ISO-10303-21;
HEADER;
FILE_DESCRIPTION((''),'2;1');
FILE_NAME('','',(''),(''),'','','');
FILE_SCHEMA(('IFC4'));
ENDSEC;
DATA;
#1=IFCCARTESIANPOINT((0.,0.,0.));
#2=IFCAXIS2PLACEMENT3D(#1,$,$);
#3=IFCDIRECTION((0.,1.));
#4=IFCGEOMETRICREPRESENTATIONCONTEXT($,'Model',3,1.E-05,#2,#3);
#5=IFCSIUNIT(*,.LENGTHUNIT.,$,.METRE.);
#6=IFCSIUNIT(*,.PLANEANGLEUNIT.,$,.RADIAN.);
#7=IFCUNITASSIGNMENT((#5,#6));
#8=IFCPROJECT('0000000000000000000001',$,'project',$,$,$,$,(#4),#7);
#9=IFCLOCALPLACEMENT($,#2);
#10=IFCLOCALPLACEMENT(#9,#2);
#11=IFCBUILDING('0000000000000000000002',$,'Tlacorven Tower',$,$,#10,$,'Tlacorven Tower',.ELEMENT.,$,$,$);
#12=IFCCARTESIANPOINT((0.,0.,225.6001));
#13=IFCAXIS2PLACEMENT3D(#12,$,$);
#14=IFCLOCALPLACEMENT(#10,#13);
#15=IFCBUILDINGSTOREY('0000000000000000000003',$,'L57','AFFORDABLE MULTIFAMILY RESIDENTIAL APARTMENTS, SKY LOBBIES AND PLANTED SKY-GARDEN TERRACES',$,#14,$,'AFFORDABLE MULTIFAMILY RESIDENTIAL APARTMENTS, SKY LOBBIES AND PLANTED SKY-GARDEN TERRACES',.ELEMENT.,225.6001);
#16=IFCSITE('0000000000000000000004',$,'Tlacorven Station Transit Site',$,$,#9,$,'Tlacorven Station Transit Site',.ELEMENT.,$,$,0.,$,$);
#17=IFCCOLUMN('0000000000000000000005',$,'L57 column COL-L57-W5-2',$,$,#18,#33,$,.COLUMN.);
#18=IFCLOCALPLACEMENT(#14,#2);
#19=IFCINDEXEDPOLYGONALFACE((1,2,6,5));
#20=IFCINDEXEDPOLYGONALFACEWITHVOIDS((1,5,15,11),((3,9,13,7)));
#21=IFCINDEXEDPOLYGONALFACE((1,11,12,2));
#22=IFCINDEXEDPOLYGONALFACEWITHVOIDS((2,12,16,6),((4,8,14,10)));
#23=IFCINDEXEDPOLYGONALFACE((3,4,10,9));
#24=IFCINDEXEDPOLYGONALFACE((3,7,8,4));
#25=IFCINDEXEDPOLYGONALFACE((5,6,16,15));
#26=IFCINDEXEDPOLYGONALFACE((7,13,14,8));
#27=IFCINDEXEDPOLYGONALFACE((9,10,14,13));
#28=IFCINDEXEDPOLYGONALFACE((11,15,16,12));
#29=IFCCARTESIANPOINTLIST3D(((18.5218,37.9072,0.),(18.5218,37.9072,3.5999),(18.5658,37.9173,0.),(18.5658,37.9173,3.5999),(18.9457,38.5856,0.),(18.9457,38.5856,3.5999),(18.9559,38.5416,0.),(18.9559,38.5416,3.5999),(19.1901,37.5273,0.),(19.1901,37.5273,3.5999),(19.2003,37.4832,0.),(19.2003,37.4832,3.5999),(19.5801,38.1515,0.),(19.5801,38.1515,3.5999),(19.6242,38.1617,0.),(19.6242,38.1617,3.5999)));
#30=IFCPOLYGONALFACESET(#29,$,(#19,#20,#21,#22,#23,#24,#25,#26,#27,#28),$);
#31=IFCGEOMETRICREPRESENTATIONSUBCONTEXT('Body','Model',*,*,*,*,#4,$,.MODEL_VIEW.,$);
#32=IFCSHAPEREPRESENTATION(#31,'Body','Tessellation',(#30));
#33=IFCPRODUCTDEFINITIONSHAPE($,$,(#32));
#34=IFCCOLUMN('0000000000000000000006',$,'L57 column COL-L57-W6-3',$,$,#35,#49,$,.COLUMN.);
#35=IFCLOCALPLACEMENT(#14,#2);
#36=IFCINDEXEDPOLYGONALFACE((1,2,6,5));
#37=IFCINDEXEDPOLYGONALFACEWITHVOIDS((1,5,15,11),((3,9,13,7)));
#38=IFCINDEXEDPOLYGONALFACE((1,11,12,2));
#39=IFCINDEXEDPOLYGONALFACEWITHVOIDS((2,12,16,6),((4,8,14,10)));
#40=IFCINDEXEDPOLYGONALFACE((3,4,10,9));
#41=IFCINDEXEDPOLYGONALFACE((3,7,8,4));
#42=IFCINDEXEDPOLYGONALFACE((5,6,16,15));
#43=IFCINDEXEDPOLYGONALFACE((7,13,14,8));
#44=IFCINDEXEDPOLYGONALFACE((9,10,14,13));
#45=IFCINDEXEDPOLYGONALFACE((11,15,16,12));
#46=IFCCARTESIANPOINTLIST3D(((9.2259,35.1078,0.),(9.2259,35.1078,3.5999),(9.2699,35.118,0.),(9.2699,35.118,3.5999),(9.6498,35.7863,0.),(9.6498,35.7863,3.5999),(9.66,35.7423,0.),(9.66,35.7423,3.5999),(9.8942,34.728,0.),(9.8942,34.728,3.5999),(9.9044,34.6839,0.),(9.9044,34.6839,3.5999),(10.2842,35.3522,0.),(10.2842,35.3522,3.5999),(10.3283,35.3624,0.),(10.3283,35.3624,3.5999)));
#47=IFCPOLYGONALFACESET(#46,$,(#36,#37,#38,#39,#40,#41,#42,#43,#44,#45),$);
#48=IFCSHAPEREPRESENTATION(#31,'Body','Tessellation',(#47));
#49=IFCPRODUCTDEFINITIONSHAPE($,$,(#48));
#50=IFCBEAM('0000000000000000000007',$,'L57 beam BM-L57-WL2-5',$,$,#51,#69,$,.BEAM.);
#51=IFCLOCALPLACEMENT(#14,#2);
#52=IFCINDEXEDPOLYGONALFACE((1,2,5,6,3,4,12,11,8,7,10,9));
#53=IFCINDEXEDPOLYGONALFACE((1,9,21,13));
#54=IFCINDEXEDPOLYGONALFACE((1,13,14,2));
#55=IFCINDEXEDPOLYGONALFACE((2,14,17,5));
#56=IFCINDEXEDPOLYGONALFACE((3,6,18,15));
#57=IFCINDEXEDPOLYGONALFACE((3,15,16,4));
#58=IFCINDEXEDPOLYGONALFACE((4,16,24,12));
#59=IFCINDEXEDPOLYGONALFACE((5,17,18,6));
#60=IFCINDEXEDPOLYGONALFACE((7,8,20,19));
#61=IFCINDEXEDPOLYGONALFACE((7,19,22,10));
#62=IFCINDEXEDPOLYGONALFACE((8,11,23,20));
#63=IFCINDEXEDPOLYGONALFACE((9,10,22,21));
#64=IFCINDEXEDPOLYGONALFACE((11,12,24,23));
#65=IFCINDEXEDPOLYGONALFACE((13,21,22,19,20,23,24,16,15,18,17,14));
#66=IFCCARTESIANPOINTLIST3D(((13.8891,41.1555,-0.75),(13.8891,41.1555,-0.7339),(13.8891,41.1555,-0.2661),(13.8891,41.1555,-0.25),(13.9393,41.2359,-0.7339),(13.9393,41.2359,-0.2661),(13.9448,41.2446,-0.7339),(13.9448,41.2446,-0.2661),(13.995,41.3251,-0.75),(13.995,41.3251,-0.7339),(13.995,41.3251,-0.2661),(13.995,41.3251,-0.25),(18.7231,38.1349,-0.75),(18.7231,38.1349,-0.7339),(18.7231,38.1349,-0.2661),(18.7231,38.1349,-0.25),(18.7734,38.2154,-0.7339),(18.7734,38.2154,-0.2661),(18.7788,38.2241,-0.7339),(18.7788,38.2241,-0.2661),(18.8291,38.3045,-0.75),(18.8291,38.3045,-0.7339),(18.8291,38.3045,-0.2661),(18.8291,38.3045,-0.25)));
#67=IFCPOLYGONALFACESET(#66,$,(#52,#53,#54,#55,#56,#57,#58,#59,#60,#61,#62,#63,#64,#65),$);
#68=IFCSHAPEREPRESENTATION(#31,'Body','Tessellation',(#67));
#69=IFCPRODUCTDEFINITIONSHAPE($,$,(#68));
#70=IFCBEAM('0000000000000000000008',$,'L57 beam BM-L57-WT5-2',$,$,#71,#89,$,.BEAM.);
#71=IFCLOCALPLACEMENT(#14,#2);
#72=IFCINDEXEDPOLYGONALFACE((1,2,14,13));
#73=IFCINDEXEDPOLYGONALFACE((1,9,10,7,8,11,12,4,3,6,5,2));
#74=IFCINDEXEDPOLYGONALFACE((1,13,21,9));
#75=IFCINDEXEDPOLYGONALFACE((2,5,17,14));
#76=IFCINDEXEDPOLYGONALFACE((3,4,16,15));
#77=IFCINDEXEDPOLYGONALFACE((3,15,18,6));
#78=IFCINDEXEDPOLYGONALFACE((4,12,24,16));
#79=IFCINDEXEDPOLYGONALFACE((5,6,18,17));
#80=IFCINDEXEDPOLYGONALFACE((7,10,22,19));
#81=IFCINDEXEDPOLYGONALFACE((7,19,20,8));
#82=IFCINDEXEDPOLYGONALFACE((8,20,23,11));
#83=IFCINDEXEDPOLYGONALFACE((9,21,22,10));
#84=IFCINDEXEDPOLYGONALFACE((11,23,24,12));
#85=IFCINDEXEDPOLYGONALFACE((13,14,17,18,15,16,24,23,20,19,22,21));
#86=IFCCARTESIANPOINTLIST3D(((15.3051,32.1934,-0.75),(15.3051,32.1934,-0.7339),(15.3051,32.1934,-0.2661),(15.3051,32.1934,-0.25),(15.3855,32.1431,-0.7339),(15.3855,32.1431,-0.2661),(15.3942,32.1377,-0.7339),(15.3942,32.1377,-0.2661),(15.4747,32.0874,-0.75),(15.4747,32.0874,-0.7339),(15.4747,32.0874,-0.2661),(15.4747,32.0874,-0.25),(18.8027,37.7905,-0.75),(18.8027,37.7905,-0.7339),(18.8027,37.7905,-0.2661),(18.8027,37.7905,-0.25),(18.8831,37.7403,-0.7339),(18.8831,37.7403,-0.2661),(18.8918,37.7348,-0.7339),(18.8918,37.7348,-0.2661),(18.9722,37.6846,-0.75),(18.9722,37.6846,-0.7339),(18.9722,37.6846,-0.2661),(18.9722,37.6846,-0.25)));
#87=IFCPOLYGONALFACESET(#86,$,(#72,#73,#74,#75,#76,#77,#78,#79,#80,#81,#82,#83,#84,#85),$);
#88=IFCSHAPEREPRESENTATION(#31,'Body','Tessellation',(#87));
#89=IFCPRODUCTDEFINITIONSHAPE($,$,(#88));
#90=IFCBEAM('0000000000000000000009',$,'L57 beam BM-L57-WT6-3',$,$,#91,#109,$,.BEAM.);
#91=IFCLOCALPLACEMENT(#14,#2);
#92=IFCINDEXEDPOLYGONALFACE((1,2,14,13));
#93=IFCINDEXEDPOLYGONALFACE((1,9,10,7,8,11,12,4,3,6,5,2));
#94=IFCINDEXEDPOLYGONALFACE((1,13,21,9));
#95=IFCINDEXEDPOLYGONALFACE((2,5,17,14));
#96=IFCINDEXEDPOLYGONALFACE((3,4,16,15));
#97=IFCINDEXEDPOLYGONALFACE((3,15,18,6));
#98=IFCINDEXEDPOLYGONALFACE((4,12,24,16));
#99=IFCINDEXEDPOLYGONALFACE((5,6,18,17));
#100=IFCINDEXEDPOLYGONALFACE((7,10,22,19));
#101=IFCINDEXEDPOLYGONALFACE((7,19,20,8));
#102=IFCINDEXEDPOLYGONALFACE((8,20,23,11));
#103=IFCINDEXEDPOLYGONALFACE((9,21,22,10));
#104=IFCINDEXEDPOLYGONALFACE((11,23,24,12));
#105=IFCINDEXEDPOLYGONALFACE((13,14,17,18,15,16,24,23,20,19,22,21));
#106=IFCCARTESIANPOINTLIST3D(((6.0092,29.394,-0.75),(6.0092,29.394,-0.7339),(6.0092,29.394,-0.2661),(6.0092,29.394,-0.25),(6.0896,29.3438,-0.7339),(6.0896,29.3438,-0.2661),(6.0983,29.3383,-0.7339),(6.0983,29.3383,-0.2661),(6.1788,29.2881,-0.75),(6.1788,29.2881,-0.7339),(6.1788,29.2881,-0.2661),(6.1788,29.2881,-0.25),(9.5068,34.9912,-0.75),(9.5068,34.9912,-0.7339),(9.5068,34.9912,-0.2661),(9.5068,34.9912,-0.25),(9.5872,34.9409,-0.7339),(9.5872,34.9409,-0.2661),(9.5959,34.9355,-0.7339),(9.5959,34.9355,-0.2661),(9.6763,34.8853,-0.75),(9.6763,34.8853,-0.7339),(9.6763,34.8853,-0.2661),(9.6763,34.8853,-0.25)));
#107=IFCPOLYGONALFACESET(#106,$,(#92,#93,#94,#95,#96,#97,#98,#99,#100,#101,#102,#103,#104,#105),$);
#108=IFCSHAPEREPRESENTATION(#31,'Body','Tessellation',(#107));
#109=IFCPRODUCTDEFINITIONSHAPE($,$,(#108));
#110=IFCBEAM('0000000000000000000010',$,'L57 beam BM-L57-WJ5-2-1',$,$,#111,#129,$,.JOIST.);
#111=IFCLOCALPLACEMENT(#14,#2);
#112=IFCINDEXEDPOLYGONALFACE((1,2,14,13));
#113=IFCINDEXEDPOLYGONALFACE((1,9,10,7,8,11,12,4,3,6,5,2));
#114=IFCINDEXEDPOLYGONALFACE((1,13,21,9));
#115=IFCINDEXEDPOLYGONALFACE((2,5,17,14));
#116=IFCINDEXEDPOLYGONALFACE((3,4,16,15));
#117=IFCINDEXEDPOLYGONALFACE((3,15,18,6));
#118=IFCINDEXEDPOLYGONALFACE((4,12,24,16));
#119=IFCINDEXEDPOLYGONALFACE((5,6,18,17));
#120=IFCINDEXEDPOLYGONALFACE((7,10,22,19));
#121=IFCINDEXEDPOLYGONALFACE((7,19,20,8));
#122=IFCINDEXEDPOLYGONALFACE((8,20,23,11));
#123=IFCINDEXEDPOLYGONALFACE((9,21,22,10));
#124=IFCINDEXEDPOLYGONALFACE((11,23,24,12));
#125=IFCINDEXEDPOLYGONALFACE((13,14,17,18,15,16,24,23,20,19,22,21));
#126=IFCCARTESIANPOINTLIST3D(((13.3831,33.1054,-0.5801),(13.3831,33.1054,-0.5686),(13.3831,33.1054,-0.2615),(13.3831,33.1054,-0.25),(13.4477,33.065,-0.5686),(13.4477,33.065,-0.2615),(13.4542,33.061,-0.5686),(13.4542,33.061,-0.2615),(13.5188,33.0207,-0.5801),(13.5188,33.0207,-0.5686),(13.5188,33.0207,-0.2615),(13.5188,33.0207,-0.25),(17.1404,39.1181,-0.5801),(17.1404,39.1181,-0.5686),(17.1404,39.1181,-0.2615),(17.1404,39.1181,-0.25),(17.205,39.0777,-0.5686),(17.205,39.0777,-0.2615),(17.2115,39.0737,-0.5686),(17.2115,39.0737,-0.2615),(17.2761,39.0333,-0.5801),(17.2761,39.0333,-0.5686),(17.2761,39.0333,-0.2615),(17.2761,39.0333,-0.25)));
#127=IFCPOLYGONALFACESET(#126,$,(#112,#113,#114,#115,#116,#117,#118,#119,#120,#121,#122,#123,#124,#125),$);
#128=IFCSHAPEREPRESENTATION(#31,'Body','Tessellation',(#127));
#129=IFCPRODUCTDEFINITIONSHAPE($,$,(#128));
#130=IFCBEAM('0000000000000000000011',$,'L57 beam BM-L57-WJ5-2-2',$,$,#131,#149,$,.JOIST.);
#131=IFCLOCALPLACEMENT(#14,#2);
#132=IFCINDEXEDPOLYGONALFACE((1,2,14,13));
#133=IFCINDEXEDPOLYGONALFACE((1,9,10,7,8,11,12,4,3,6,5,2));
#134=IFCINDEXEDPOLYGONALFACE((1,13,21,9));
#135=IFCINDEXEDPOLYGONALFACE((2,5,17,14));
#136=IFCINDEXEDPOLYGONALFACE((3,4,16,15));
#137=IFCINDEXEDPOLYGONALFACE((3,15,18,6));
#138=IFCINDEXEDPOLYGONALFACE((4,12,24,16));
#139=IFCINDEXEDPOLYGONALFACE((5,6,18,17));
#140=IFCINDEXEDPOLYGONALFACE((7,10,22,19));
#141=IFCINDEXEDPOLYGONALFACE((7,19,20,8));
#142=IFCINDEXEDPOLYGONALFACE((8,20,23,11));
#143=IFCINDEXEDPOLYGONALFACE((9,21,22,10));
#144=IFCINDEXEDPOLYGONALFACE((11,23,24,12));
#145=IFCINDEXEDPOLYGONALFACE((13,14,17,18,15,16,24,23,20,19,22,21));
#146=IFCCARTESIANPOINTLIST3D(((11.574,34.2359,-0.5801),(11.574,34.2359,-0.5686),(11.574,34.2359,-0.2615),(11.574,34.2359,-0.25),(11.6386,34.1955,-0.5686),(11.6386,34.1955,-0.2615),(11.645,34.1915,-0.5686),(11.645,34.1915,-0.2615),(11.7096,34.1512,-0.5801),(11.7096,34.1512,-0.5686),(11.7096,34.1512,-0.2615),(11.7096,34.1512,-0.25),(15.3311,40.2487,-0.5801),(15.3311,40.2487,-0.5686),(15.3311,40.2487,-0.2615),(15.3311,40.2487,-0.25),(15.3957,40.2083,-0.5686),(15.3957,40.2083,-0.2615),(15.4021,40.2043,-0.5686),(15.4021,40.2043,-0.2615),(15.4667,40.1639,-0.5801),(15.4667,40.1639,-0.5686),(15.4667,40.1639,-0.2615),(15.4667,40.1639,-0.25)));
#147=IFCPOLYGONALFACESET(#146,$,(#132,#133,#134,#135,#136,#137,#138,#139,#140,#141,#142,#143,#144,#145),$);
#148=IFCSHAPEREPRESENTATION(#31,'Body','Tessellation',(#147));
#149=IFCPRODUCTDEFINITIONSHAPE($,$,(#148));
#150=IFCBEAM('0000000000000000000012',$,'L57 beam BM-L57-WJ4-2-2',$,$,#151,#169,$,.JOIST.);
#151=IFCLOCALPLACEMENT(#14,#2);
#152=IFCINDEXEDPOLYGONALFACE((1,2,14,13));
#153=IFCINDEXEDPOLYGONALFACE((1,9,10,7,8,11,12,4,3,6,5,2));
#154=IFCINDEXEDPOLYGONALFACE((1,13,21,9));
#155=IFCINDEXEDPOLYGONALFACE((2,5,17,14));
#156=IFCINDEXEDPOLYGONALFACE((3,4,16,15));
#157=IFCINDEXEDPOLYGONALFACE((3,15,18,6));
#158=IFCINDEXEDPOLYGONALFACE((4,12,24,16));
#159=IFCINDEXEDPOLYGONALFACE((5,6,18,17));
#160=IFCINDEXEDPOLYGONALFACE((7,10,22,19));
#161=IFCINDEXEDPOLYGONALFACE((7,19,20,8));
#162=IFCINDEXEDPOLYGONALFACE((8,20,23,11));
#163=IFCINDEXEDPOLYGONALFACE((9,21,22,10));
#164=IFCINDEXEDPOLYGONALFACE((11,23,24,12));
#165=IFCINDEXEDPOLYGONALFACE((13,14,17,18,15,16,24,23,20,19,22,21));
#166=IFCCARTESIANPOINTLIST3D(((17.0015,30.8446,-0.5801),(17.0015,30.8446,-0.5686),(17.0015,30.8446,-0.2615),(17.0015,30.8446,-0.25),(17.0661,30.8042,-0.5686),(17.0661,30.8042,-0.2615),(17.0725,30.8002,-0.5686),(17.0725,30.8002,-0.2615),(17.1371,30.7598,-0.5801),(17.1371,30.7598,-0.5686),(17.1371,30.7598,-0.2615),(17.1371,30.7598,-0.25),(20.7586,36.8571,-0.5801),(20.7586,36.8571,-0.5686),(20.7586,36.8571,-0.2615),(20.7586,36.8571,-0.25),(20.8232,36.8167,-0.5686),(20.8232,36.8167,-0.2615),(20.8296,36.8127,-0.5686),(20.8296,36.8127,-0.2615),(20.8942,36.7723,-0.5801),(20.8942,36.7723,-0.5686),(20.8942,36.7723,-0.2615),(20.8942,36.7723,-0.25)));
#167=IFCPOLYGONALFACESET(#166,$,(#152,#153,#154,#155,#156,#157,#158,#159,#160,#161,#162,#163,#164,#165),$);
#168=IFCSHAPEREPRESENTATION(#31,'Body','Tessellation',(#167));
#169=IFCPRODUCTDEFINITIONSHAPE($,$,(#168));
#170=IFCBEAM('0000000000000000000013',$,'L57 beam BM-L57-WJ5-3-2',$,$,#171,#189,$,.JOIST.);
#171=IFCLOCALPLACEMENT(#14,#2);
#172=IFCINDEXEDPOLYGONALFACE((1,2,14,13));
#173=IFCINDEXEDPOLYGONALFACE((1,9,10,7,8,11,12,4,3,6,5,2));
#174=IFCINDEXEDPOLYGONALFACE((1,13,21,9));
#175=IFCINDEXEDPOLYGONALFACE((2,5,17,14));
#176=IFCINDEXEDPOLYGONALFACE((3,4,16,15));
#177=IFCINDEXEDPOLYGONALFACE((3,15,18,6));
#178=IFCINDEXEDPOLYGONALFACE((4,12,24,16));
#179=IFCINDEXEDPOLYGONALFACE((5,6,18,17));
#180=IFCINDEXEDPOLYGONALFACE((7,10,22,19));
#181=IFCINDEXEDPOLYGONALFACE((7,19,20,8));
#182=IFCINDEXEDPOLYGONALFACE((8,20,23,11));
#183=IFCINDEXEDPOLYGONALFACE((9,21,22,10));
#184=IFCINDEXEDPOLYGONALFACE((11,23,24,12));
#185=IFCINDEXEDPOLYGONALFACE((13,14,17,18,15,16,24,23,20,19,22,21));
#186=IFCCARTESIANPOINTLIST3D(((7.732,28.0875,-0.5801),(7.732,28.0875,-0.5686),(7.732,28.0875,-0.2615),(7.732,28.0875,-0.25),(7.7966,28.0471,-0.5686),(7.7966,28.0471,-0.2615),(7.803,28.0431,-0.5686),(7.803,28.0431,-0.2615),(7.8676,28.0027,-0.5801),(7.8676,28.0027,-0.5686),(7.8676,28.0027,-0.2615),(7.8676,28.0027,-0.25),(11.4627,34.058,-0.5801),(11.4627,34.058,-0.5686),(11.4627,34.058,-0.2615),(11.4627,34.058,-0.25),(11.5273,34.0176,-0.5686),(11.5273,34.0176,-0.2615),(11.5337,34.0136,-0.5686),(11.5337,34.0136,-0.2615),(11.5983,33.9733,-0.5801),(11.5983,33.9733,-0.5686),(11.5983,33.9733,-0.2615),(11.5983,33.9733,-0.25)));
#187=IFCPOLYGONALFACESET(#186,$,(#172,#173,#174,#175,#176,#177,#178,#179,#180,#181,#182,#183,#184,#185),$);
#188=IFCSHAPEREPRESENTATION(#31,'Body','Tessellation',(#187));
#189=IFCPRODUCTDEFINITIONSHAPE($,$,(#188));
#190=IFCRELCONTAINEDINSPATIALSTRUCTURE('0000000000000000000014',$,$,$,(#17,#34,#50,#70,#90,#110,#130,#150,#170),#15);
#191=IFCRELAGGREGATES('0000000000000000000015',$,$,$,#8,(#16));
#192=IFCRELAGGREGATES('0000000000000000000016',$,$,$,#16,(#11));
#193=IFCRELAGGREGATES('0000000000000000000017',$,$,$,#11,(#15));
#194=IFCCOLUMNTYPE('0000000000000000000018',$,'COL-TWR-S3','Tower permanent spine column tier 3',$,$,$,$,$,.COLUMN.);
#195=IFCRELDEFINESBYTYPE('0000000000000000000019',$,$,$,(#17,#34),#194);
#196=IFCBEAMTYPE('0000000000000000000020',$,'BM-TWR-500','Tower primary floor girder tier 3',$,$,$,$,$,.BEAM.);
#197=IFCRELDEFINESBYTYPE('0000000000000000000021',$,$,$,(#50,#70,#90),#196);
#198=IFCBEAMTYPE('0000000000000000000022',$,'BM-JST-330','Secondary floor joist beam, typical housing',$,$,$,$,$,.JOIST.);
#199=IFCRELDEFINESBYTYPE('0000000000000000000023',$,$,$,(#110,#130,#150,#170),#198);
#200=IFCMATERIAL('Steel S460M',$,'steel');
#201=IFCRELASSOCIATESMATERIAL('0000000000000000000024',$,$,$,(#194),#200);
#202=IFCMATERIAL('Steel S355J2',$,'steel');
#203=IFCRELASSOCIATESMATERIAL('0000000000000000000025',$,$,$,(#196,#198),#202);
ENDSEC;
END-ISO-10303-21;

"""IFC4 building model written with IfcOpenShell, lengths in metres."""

from ifc_helpers import new_model, si_unit, direction, frame, origin, origin_2d, place, context, subcontext, project, spatial, hollow_rectangle, i_section, extrude, source, transform, mapped, material, material_profile, profile_set, type_object, element, save


model = new_model("IFC4")

# Units and contexts
model_context = context("Model", 3, precision=1e-05, world=origin(), true_north=direction((0.0, 1.0)))
body_context = subcontext(model_context, "Body", "Model", "MODEL_VIEW")
ifc_project = project(units=[si_unit("LENGTHUNIT", "METRE"), si_unit("PLANEANGLEUNIT", "RADIAN")], contexts=[model_context])

# Site, building, storey
site_placement = place(None, origin())
site = spatial("IfcSite", under=ifc_project, at=site_placement, Name="Tlacorven Station Transit Site", LongName="Tlacorven Station Transit Site", CompositionType="ELEMENT", RefElevation=0.0)
building_placement = place(site_placement, origin())
building = spatial("IfcBuilding", under=site, at=building_placement, Name="Tlacorven Tower", LongName="Tlacorven Tower", CompositionType="ELEMENT")
storey_placement = place(building_placement, frame((0.0, 0.0, 225.6001)))
storey = spatial("IfcBuildingStorey", under=building, at=storey_placement, Name="L57", Description="AFFORDABLE MULTIFAMILY RESIDENTIAL APARTMENTS, SKY LOBBIES AND PLANTED SKY-GARDEN TERRACES", LongName="AFFORDABLE MULTIFAMILY RESIDENTIAL APARTMENTS, SKY LOBBIES AND PLANTED SKY-GARDEN TERRACES", CompositionType="ELEMENT", Elevation=225.6001)

# Columns
ifc_material_1 = material(Name="Steel S460M", Category="steel")
ifc_material_profile_1 = material_profile(ifc_material_1, hollow_rectangle(XDim=0.8, YDim=0.8, WallThickness=0.032, at=origin_2d()), Name="BOX 800X800X32")
ifc_profile_set_1 = profile_set([ifc_material_profile_1], Name="Steel S460M")
column_type = type_object("IfcColumnType", Name="COL-TWR-S3", Description="Tower permanent spine column tier 3", PredefinedType="COLUMN", material=ifc_profile_set_1)
shared_shape_1 = source(origin(), body_context, "Body", "SweptSolid", [
    extrude(hollow_rectangle(XDim=0.8, YDim=0.8, WallThickness=0.032, at=origin_2d()), origin(), (0.0, 0.0, 1.0), 3.5999),
])
for number, where, z_axis, x_axis, name in (
    (1, (19.073, 38.0344, 0.0), (0.0, 0.0, 1.0), (-0.848048, 0.529919, 0.0), "L57 column COL-L57-W5-2"),
    (2, (9.7771, 35.2351, 0.0), (0.0, 0.0, 1.0), (-0.848048, 0.529919, 0.0), "L57 column COL-L57-W6-3"),
):
    element("IfcColumn", number, at=place(storey_placement, frame(where, z_axis=z_axis, x_axis=x_axis)), inside=storey, type_object=column_type, Name=name, PredefinedType="COLUMN", context=body_context, shape_type="MappedRepresentation", body=[
        mapped(shared_shape_1, transform((0.0, 0.0, 0.0), scale=1.0)),
    ])

# Beams
ifc_material_2 = material(Name="Steel S355J2", Category="steel")
ifc_material_profile_2 = material_profile(ifc_material_2, i_section(OverallWidth=0.2, OverallDepth=0.5, WebThickness=0.0103, FlangeThickness=0.0161, at=origin_2d()), Name="IPE 500")
ifc_profile_set_2 = profile_set([ifc_material_profile_2], Name="Steel S355J2")
beam_type_1 = type_object("IfcBeamType", Name="BM-TWR-500", Description="Tower primary floor girder tier 3", PredefinedType="BEAM", material=ifc_profile_set_2)
shared_shape_2 = source(origin(), body_context, "Body", "SweptSolid", [
    extrude(i_section(OverallWidth=0.2, OverallDepth=0.5, WebThickness=0.0103, FlangeThickness=0.0161, at=origin_2d()), origin(), (0.0, 0.0, 1.0), 5.7002),
])
beam_1_placement = place(storey_placement, frame((18.7761, 38.2197, -0.5), z_axis=(-0.848056, 0.529907, 0.0), x_axis=(-0.529907, -0.848056, 0.0)))
element("IfcBeam", 3, at=beam_1_placement, inside=storey, type_object=beam_type_1, Name="L57 beam BM-L57-WL2-5", PredefinedType="BEAM", context=body_context, shape_type="MappedRepresentation", body=[
    mapped(shared_shape_2, transform((0.0, 0.0, 0.0), scale=1.0)),
])
shared_shape_3 = source(origin(), body_context, "Body", "SweptSolid", [
    extrude(i_section(OverallWidth=0.2, OverallDepth=0.5, WebThickness=0.0103, FlangeThickness=0.0161, at=origin_2d()), origin(), (0.0, 0.0, 1.0), 6.6001),
])
for number, where, z_axis, x_axis, name in (
    (4, (18.8875, 37.7375, -0.5), (-0.529926, -0.848044, 0.0), (0.848044, -0.529926, 0.0), "L57 beam BM-L57-WT5-2"),
    (5, (9.5916, 34.9382, -0.5), (-0.529926, -0.848044, 0.0), (0.848044, -0.529926, 0.0), "L57 beam BM-L57-WT6-3"),
):
    element("IfcBeam", number, at=place(storey_placement, frame(where, z_axis=z_axis, x_axis=x_axis)), inside=storey, type_object=beam_type_1, Name=name, PredefinedType="BEAM", context=body_context, shape_type="MappedRepresentation", body=[
        mapped(shared_shape_3, transform((0.0, 0.0, 0.0), scale=1.0)),
    ])
ifc_material_profile_3 = material_profile(ifc_material_2, i_section(OverallWidth=0.1599, OverallDepth=0.3301, WebThickness=0.0076, FlangeThickness=0.0115, at=origin_2d()), Name="IPE 330")
ifc_profile_set_3 = profile_set([ifc_material_profile_3], Name="Steel S355J2")
beam_type_2 = type_object("IfcBeamType", Name="BM-JST-330", Description="Secondary floor joist beam, typical housing", PredefinedType="JOIST", material=ifc_profile_set_3)
shared_shape_4 = source(origin(), body_context, "Body", "SweptSolid", [
    extrude(i_section(OverallWidth=0.1599, OverallDepth=0.3301, WebThickness=0.0076, FlangeThickness=0.0115, at=origin_2d()), origin(), (0.0, 0.0, 1.0), 7.0901),
])
for number, where, z_axis, x_axis, name in (
    (6, (17.2083, 39.0757, -0.415), (-0.529937, -0.848037, 0.0), (0.848037, -0.529937, 0.0), "L57 beam BM-L57-WJ5-2-1"),
    (7, (15.3989, 40.2063, -0.415), (-0.529912, -0.848052, 0.0), (0.848052, -0.529912, 0.0), "L57 beam BM-L57-WJ5-2-2"),
):
    element("IfcBeam", number, at=place(storey_placement, frame(where, z_axis=z_axis, x_axis=x_axis)), inside=storey, type_object=beam_type_2, Name=name, PredefinedType="JOIST", context=body_context, shape_type="MappedRepresentation", body=[
        mapped(shared_shape_4, transform((0.0, 0.0, 0.0), scale=1.0)),
    ])
shared_shape_5 = source(origin(), body_context, "Body", "SweptSolid", [
    extrude(i_section(OverallWidth=0.1599, OverallDepth=0.3301, WebThickness=0.0076, FlangeThickness=0.0115, at=origin_2d()), origin(), (0.0, 0.0, 1.0), 7.0898),
])
beam_2_placement = place(storey_placement, frame((20.8264, 36.8147, -0.415), z_axis=(-0.529928, -0.848043, 0.0), x_axis=(0.848043, -0.529928, 0.0)))
element("IfcBeam", 8, at=beam_2_placement, inside=storey, type_object=beam_type_2, Name="L57 beam BM-L57-WJ4-2-2", PredefinedType="JOIST", context=body_context, shape_type="MappedRepresentation", body=[
    mapped(shared_shape_5, transform((0.0, 0.0, 0.0), scale=1.0)),
])
shared_shape_6 = source(origin(), body_context, "Body", "SweptSolid", [
    extrude(i_section(OverallWidth=0.1599, OverallDepth=0.3301, WebThickness=0.0076, FlangeThickness=0.0115, at=origin_2d()), origin(), (0.0, 0.0, 1.0), 7.0403),
])
beam_3_placement = place(storey_placement, frame((11.5305, 34.0156, -0.415), z_axis=(-0.529915, -0.848051, 0.0), x_axis=(0.848051, -0.529915, 0.0)))
element("IfcBeam", 9, at=beam_3_placement, inside=storey, type_object=beam_type_2, Name="L57 beam BM-L57-WJ5-3-2", PredefinedType="JOIST", context=body_context, shape_type="MappedRepresentation", body=[
    mapped(shared_shape_6, transform((0.0, 0.0, 0.0), scale=1.0)),
])

save(model, "model.ifc")
